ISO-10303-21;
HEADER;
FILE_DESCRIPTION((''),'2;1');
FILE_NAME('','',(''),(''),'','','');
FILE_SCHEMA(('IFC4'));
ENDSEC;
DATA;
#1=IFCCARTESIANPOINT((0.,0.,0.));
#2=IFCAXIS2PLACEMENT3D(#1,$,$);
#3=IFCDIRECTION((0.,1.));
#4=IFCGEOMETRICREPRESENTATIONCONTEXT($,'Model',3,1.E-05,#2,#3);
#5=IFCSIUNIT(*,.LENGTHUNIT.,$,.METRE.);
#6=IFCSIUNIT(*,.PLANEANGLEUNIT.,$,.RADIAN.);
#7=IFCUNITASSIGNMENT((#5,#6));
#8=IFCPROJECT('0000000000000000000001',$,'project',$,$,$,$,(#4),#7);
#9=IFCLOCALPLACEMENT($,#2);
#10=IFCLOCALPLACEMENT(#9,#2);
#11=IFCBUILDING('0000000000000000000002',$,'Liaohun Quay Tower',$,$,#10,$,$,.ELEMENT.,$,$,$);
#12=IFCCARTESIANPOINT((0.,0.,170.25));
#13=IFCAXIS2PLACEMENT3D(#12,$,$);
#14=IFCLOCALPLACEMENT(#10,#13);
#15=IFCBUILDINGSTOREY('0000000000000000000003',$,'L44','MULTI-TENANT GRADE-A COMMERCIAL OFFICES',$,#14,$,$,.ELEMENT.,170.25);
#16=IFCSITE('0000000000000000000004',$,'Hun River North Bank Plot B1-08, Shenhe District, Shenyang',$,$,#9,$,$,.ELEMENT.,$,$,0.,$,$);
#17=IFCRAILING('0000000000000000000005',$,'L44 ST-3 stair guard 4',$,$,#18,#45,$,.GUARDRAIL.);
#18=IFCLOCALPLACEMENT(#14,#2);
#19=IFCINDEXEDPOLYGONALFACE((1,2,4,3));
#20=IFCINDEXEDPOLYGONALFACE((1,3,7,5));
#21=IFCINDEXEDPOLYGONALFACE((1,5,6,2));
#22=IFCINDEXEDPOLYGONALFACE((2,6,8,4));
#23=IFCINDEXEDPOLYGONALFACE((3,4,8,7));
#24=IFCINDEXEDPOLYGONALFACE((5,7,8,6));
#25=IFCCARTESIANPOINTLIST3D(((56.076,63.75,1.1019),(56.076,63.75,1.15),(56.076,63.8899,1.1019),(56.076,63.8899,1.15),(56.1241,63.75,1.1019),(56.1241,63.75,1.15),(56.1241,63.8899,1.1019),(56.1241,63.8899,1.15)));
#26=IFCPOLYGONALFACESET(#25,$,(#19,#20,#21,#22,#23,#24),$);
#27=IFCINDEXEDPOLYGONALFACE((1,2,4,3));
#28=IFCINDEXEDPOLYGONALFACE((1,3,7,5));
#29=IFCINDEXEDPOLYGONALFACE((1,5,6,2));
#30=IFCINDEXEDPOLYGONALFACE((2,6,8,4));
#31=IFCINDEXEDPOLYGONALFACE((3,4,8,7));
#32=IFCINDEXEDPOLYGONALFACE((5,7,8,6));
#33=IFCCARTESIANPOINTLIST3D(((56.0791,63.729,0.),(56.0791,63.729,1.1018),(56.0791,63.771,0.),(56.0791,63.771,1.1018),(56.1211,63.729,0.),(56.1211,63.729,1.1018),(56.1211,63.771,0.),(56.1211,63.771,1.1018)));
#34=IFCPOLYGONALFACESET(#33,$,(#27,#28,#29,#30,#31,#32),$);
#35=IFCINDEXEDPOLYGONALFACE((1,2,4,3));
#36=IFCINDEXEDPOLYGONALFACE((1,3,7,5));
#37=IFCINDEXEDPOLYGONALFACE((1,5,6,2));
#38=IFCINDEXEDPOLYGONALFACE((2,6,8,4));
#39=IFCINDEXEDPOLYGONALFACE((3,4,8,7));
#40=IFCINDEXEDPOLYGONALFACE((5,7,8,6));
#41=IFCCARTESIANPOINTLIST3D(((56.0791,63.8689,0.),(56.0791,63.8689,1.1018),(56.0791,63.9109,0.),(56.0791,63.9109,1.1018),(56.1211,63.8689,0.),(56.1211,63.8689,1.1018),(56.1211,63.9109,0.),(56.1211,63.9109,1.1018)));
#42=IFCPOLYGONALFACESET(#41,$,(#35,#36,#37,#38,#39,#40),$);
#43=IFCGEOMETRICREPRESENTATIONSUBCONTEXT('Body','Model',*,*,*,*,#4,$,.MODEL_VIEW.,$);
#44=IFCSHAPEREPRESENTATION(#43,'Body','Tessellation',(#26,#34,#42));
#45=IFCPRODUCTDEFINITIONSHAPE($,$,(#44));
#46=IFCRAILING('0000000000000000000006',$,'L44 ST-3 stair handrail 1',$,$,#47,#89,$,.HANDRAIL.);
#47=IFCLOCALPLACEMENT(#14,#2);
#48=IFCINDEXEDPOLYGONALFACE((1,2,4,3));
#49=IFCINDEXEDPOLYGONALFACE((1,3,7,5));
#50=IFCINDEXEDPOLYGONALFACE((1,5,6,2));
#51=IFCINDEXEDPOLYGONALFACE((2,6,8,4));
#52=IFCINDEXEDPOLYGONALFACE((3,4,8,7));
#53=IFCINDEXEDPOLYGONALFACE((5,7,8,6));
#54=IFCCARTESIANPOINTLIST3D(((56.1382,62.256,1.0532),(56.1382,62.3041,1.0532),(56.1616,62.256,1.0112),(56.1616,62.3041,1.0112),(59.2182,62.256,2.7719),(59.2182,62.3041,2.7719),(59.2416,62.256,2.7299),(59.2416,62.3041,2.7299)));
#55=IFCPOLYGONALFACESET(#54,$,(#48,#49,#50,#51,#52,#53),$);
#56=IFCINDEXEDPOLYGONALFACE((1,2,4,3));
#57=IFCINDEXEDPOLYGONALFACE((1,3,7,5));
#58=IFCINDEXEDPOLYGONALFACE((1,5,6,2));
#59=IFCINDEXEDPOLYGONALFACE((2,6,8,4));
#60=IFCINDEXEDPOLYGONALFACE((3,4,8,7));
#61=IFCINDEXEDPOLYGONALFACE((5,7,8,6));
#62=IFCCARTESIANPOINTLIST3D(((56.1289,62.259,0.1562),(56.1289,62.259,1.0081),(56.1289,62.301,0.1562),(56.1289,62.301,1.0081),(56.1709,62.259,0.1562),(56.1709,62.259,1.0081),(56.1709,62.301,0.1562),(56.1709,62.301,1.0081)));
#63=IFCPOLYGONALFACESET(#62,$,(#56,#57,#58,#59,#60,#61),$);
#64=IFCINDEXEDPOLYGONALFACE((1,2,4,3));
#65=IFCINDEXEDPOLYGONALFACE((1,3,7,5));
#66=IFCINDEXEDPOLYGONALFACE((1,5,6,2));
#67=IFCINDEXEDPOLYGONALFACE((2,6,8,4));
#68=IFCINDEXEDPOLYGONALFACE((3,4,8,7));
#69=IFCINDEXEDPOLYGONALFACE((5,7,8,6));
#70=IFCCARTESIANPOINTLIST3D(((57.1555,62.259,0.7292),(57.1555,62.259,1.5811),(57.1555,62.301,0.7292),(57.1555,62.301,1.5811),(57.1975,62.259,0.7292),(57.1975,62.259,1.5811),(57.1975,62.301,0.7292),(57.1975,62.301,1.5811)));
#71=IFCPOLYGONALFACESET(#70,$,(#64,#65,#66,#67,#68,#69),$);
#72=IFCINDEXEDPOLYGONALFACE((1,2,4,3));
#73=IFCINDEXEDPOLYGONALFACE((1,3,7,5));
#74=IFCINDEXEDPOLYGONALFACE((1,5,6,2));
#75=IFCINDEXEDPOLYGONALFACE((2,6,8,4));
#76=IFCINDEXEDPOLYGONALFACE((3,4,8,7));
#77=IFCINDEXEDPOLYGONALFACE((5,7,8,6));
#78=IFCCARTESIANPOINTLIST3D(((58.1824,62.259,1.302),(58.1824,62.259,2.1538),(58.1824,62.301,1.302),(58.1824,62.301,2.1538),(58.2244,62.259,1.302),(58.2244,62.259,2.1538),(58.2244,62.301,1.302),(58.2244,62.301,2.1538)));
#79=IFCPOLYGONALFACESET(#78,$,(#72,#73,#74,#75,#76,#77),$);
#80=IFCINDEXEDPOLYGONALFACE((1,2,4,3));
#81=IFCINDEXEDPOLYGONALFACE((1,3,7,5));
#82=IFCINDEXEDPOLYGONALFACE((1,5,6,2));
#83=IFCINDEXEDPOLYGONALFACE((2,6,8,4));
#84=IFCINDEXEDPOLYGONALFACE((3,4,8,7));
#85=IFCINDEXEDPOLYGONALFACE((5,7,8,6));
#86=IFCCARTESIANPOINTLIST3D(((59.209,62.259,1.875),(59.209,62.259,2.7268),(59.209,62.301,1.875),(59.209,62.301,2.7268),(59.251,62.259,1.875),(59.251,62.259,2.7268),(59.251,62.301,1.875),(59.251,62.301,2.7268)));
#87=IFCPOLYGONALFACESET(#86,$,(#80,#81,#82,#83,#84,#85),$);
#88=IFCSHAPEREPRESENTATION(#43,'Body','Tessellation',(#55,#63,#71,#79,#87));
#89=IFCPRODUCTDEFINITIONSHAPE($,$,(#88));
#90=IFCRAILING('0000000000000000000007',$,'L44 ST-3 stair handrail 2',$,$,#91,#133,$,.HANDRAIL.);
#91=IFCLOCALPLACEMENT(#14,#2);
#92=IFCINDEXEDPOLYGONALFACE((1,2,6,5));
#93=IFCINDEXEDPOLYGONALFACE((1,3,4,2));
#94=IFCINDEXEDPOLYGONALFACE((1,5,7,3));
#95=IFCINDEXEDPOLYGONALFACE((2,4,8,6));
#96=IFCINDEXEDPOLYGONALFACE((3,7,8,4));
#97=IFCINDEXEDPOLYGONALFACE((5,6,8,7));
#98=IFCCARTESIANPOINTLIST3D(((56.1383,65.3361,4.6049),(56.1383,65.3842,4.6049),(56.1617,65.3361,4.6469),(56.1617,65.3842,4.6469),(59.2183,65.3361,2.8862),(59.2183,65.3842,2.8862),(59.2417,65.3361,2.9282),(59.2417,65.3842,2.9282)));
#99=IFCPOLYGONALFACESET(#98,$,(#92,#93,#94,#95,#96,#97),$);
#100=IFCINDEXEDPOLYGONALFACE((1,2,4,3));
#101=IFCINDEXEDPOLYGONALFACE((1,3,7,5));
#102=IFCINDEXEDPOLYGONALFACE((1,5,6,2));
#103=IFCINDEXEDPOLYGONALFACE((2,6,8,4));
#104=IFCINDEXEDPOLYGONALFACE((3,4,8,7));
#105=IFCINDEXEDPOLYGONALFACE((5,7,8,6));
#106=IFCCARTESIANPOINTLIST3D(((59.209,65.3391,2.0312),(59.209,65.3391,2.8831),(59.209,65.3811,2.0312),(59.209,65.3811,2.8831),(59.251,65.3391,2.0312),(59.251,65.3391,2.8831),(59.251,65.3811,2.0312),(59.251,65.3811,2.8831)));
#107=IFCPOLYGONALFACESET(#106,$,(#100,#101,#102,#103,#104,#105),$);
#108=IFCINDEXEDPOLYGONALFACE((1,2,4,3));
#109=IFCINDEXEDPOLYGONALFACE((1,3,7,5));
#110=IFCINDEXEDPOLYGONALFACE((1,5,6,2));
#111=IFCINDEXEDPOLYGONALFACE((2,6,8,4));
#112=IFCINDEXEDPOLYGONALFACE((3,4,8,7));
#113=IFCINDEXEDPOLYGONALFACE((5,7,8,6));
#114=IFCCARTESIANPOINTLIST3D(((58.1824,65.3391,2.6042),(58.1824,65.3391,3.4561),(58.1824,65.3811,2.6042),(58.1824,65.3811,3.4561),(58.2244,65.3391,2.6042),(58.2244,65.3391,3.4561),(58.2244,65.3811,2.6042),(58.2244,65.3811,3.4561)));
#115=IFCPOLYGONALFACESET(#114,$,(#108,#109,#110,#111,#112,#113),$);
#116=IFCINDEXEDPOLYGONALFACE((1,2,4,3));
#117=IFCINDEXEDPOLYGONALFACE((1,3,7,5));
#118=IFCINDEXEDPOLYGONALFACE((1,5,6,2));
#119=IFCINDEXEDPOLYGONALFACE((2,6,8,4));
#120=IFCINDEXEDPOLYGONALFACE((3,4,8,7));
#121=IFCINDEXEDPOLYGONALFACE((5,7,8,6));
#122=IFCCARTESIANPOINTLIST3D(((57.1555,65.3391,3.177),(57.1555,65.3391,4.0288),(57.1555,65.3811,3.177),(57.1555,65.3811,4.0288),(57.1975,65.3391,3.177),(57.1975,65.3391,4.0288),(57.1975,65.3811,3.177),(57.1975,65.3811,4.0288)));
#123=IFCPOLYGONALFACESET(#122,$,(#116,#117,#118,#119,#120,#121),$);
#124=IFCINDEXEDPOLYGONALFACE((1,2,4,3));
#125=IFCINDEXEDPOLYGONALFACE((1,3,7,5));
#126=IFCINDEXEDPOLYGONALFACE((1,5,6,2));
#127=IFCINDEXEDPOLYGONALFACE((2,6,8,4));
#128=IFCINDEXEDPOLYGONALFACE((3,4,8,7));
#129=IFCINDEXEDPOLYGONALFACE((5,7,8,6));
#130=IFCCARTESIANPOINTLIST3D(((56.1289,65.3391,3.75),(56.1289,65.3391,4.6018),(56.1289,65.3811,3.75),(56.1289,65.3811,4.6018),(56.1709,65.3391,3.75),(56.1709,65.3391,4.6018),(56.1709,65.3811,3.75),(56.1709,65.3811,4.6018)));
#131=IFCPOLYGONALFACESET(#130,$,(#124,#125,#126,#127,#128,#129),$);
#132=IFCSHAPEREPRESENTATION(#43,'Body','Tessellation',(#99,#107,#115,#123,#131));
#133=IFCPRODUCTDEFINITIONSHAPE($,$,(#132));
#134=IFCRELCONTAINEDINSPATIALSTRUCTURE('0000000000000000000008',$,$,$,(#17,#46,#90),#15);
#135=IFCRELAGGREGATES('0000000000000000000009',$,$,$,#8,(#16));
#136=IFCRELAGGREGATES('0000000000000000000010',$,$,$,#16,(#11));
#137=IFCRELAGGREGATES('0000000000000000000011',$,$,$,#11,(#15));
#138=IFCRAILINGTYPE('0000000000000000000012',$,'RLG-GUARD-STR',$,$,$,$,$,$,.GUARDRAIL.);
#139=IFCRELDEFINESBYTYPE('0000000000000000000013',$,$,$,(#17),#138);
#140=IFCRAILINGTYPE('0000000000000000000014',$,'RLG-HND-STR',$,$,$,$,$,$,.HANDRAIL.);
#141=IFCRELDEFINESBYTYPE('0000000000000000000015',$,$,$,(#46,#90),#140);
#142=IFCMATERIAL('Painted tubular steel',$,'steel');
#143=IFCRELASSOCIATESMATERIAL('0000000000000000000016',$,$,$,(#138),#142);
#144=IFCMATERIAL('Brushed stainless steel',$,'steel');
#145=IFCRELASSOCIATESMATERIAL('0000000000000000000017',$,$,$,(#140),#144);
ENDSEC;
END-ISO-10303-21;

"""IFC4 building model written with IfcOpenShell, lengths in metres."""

from ifc_helpers import new_model, si_unit, direction, frame, origin, origin_2d, place, context, subcontext, project, spatial, rectangle, extrude, material, type_object, element, save


model = new_model("IFC4")

# Units and contexts
model_context = context("Model", 3, precision=1e-05, world=origin(), true_north=direction((0.0, 1.0)))
body_context = subcontext(model_context, "Body", "Model", "MODEL_VIEW")
ifc_project = project(units=[si_unit("LENGTHUNIT", "METRE"), si_unit("PLANEANGLEUNIT", "RADIAN")], contexts=[model_context])

# Site, building, storey
site_placement = place(None, origin())
site = spatial("IfcSite", under=ifc_project, at=site_placement, Name="Hun River North Bank Plot B1-08, Shenhe District, Shenyang", CompositionType="ELEMENT", RefElevation=0.0)
building_placement = place(site_placement, origin())
building = spatial("IfcBuilding", under=site, at=building_placement, Name="Liaohun Quay Tower", CompositionType="ELEMENT")
storey_placement = place(building_placement, frame((0.0, 0.0, 170.25)))
storey = spatial("IfcBuildingStorey", under=building, at=storey_placement, Name="L44", Description="MULTI-TENANT GRADE-A COMMERCIAL OFFICES", CompositionType="ELEMENT", Elevation=170.25)

# Railings
ifc_material_1 = material(Name="Painted tubular steel", Category="steel")
railing_type_1 = type_object("IfcRailingType", Name="RLG-GUARD-STR", PredefinedType="GUARDRAIL", material=ifc_material_1)
railing_1_placement = place(storey_placement, frame((56.1001, 63.75, 0.0)))
element("IfcRailing", 1, at=railing_1_placement, inside=storey, type_object=railing_type_1, Name="L44 ST-3 stair guard 4", PredefinedType="GUARDRAIL", context=body_context, shape_type="SweptSolid", body=[
    extrude(rectangle(XDim=0.0481, YDim=0.0481, at=origin_2d()), frame((0.0, 0.0, 1.126), z_axis=(0.0, 1.0, 0.0), x_axis=(-1.0, 0.0, 0.0)), (0.0, 0.0, 1.0), 0.1399),
    extrude(rectangle(XDim=0.042, YDim=0.042, at=origin_2d()), origin(), (0.0, 0.0, 1.0), 1.1018),
    extrude(rectangle(XDim=0.042, YDim=0.042, at=origin_2d()), frame((0.0, 0.1399, 0.0)), (0.0, 0.0, 1.0), 1.1018),
])
ifc_material_2 = material(Name="Brushed stainless steel", Category="steel")
railing_type_2 = type_object("IfcRailingType", Name="RLG-HND-STR", PredefinedType="HANDRAIL", material=ifc_material_2)
railing_2_placement = place(storey_placement, frame((56.1499, 62.28, 0.1562)))
element("IfcRailing", 2, at=railing_2_placement, inside=storey, type_object=railing_type_2, Name="L44 ST-3 stair handrail 1", PredefinedType="HANDRAIL", context=body_context, shape_type="SweptSolid", body=[
    extrude(rectangle(XDim=0.0481, YDim=0.0481, at=origin_2d()), frame((0.0, 0.0, 0.876), z_axis=(0.873242, 0.0, 0.487288), x_axis=(0.0, 1.0, 0.0)), (0.0, 0.0, 1.0), 3.5271),
    extrude(rectangle(XDim=0.042, YDim=0.042, at=origin_2d()), origin(), (0.0, 0.0, 1.0), 0.8518),
    extrude(rectangle(XDim=0.042, YDim=0.042, at=origin_2d()), frame((1.0266, 0.0, 0.573)), (0.0, 0.0, 1.0), 0.8518),
    extrude(rectangle(XDim=0.042, YDim=0.042, at=origin_2d()), frame((2.0535, 0.0, 1.1458)), (0.0, 0.0, 1.0), 0.8518),
    extrude(rectangle(XDim=0.042, YDim=0.042, at=origin_2d()), frame((3.0801, 0.0, 1.7188)), (0.0, 0.0, 1.0), 0.8518),
])
railing_3_placement = place(storey_placement, frame((59.23, 65.3601, 2.0312)))
element("IfcRailing", 3, at=railing_3_placement, inside=storey, type_object=railing_type_2, Name="L44 ST-3 stair handrail 2", PredefinedType="HANDRAIL", context=body_context, shape_type="SweptSolid", body=[
    extrude(rectangle(XDim=0.0481, YDim=0.0481, at=origin_2d()), frame((0.0, 0.0, 0.876), z_axis=(-0.873242, 0.0, 0.487288), x_axis=(0.0, -1.0, 0.0)), (0.0, 0.0, 1.0), 3.5271),
    extrude(rectangle(XDim=0.042, YDim=0.042, at=origin_2d()), origin(), (0.0, 0.0, 1.0), 0.8518),
    extrude(rectangle(XDim=0.042, YDim=0.042, at=origin_2d()), frame((-1.0266, 0.0, 0.573)), (0.0, 0.0, 1.0), 0.8518),
    extrude(rectangle(XDim=0.042, YDim=0.042, at=origin_2d()), frame((-2.0535, 0.0, 1.1458)), (0.0, 0.0, 1.0), 0.8518),
    extrude(rectangle(XDim=0.042, YDim=0.042, at=origin_2d()), frame((-3.0801, 0.0, 1.7188)), (0.0, 0.0, 1.0), 0.8518),
])

save(model, "model.ifc")
